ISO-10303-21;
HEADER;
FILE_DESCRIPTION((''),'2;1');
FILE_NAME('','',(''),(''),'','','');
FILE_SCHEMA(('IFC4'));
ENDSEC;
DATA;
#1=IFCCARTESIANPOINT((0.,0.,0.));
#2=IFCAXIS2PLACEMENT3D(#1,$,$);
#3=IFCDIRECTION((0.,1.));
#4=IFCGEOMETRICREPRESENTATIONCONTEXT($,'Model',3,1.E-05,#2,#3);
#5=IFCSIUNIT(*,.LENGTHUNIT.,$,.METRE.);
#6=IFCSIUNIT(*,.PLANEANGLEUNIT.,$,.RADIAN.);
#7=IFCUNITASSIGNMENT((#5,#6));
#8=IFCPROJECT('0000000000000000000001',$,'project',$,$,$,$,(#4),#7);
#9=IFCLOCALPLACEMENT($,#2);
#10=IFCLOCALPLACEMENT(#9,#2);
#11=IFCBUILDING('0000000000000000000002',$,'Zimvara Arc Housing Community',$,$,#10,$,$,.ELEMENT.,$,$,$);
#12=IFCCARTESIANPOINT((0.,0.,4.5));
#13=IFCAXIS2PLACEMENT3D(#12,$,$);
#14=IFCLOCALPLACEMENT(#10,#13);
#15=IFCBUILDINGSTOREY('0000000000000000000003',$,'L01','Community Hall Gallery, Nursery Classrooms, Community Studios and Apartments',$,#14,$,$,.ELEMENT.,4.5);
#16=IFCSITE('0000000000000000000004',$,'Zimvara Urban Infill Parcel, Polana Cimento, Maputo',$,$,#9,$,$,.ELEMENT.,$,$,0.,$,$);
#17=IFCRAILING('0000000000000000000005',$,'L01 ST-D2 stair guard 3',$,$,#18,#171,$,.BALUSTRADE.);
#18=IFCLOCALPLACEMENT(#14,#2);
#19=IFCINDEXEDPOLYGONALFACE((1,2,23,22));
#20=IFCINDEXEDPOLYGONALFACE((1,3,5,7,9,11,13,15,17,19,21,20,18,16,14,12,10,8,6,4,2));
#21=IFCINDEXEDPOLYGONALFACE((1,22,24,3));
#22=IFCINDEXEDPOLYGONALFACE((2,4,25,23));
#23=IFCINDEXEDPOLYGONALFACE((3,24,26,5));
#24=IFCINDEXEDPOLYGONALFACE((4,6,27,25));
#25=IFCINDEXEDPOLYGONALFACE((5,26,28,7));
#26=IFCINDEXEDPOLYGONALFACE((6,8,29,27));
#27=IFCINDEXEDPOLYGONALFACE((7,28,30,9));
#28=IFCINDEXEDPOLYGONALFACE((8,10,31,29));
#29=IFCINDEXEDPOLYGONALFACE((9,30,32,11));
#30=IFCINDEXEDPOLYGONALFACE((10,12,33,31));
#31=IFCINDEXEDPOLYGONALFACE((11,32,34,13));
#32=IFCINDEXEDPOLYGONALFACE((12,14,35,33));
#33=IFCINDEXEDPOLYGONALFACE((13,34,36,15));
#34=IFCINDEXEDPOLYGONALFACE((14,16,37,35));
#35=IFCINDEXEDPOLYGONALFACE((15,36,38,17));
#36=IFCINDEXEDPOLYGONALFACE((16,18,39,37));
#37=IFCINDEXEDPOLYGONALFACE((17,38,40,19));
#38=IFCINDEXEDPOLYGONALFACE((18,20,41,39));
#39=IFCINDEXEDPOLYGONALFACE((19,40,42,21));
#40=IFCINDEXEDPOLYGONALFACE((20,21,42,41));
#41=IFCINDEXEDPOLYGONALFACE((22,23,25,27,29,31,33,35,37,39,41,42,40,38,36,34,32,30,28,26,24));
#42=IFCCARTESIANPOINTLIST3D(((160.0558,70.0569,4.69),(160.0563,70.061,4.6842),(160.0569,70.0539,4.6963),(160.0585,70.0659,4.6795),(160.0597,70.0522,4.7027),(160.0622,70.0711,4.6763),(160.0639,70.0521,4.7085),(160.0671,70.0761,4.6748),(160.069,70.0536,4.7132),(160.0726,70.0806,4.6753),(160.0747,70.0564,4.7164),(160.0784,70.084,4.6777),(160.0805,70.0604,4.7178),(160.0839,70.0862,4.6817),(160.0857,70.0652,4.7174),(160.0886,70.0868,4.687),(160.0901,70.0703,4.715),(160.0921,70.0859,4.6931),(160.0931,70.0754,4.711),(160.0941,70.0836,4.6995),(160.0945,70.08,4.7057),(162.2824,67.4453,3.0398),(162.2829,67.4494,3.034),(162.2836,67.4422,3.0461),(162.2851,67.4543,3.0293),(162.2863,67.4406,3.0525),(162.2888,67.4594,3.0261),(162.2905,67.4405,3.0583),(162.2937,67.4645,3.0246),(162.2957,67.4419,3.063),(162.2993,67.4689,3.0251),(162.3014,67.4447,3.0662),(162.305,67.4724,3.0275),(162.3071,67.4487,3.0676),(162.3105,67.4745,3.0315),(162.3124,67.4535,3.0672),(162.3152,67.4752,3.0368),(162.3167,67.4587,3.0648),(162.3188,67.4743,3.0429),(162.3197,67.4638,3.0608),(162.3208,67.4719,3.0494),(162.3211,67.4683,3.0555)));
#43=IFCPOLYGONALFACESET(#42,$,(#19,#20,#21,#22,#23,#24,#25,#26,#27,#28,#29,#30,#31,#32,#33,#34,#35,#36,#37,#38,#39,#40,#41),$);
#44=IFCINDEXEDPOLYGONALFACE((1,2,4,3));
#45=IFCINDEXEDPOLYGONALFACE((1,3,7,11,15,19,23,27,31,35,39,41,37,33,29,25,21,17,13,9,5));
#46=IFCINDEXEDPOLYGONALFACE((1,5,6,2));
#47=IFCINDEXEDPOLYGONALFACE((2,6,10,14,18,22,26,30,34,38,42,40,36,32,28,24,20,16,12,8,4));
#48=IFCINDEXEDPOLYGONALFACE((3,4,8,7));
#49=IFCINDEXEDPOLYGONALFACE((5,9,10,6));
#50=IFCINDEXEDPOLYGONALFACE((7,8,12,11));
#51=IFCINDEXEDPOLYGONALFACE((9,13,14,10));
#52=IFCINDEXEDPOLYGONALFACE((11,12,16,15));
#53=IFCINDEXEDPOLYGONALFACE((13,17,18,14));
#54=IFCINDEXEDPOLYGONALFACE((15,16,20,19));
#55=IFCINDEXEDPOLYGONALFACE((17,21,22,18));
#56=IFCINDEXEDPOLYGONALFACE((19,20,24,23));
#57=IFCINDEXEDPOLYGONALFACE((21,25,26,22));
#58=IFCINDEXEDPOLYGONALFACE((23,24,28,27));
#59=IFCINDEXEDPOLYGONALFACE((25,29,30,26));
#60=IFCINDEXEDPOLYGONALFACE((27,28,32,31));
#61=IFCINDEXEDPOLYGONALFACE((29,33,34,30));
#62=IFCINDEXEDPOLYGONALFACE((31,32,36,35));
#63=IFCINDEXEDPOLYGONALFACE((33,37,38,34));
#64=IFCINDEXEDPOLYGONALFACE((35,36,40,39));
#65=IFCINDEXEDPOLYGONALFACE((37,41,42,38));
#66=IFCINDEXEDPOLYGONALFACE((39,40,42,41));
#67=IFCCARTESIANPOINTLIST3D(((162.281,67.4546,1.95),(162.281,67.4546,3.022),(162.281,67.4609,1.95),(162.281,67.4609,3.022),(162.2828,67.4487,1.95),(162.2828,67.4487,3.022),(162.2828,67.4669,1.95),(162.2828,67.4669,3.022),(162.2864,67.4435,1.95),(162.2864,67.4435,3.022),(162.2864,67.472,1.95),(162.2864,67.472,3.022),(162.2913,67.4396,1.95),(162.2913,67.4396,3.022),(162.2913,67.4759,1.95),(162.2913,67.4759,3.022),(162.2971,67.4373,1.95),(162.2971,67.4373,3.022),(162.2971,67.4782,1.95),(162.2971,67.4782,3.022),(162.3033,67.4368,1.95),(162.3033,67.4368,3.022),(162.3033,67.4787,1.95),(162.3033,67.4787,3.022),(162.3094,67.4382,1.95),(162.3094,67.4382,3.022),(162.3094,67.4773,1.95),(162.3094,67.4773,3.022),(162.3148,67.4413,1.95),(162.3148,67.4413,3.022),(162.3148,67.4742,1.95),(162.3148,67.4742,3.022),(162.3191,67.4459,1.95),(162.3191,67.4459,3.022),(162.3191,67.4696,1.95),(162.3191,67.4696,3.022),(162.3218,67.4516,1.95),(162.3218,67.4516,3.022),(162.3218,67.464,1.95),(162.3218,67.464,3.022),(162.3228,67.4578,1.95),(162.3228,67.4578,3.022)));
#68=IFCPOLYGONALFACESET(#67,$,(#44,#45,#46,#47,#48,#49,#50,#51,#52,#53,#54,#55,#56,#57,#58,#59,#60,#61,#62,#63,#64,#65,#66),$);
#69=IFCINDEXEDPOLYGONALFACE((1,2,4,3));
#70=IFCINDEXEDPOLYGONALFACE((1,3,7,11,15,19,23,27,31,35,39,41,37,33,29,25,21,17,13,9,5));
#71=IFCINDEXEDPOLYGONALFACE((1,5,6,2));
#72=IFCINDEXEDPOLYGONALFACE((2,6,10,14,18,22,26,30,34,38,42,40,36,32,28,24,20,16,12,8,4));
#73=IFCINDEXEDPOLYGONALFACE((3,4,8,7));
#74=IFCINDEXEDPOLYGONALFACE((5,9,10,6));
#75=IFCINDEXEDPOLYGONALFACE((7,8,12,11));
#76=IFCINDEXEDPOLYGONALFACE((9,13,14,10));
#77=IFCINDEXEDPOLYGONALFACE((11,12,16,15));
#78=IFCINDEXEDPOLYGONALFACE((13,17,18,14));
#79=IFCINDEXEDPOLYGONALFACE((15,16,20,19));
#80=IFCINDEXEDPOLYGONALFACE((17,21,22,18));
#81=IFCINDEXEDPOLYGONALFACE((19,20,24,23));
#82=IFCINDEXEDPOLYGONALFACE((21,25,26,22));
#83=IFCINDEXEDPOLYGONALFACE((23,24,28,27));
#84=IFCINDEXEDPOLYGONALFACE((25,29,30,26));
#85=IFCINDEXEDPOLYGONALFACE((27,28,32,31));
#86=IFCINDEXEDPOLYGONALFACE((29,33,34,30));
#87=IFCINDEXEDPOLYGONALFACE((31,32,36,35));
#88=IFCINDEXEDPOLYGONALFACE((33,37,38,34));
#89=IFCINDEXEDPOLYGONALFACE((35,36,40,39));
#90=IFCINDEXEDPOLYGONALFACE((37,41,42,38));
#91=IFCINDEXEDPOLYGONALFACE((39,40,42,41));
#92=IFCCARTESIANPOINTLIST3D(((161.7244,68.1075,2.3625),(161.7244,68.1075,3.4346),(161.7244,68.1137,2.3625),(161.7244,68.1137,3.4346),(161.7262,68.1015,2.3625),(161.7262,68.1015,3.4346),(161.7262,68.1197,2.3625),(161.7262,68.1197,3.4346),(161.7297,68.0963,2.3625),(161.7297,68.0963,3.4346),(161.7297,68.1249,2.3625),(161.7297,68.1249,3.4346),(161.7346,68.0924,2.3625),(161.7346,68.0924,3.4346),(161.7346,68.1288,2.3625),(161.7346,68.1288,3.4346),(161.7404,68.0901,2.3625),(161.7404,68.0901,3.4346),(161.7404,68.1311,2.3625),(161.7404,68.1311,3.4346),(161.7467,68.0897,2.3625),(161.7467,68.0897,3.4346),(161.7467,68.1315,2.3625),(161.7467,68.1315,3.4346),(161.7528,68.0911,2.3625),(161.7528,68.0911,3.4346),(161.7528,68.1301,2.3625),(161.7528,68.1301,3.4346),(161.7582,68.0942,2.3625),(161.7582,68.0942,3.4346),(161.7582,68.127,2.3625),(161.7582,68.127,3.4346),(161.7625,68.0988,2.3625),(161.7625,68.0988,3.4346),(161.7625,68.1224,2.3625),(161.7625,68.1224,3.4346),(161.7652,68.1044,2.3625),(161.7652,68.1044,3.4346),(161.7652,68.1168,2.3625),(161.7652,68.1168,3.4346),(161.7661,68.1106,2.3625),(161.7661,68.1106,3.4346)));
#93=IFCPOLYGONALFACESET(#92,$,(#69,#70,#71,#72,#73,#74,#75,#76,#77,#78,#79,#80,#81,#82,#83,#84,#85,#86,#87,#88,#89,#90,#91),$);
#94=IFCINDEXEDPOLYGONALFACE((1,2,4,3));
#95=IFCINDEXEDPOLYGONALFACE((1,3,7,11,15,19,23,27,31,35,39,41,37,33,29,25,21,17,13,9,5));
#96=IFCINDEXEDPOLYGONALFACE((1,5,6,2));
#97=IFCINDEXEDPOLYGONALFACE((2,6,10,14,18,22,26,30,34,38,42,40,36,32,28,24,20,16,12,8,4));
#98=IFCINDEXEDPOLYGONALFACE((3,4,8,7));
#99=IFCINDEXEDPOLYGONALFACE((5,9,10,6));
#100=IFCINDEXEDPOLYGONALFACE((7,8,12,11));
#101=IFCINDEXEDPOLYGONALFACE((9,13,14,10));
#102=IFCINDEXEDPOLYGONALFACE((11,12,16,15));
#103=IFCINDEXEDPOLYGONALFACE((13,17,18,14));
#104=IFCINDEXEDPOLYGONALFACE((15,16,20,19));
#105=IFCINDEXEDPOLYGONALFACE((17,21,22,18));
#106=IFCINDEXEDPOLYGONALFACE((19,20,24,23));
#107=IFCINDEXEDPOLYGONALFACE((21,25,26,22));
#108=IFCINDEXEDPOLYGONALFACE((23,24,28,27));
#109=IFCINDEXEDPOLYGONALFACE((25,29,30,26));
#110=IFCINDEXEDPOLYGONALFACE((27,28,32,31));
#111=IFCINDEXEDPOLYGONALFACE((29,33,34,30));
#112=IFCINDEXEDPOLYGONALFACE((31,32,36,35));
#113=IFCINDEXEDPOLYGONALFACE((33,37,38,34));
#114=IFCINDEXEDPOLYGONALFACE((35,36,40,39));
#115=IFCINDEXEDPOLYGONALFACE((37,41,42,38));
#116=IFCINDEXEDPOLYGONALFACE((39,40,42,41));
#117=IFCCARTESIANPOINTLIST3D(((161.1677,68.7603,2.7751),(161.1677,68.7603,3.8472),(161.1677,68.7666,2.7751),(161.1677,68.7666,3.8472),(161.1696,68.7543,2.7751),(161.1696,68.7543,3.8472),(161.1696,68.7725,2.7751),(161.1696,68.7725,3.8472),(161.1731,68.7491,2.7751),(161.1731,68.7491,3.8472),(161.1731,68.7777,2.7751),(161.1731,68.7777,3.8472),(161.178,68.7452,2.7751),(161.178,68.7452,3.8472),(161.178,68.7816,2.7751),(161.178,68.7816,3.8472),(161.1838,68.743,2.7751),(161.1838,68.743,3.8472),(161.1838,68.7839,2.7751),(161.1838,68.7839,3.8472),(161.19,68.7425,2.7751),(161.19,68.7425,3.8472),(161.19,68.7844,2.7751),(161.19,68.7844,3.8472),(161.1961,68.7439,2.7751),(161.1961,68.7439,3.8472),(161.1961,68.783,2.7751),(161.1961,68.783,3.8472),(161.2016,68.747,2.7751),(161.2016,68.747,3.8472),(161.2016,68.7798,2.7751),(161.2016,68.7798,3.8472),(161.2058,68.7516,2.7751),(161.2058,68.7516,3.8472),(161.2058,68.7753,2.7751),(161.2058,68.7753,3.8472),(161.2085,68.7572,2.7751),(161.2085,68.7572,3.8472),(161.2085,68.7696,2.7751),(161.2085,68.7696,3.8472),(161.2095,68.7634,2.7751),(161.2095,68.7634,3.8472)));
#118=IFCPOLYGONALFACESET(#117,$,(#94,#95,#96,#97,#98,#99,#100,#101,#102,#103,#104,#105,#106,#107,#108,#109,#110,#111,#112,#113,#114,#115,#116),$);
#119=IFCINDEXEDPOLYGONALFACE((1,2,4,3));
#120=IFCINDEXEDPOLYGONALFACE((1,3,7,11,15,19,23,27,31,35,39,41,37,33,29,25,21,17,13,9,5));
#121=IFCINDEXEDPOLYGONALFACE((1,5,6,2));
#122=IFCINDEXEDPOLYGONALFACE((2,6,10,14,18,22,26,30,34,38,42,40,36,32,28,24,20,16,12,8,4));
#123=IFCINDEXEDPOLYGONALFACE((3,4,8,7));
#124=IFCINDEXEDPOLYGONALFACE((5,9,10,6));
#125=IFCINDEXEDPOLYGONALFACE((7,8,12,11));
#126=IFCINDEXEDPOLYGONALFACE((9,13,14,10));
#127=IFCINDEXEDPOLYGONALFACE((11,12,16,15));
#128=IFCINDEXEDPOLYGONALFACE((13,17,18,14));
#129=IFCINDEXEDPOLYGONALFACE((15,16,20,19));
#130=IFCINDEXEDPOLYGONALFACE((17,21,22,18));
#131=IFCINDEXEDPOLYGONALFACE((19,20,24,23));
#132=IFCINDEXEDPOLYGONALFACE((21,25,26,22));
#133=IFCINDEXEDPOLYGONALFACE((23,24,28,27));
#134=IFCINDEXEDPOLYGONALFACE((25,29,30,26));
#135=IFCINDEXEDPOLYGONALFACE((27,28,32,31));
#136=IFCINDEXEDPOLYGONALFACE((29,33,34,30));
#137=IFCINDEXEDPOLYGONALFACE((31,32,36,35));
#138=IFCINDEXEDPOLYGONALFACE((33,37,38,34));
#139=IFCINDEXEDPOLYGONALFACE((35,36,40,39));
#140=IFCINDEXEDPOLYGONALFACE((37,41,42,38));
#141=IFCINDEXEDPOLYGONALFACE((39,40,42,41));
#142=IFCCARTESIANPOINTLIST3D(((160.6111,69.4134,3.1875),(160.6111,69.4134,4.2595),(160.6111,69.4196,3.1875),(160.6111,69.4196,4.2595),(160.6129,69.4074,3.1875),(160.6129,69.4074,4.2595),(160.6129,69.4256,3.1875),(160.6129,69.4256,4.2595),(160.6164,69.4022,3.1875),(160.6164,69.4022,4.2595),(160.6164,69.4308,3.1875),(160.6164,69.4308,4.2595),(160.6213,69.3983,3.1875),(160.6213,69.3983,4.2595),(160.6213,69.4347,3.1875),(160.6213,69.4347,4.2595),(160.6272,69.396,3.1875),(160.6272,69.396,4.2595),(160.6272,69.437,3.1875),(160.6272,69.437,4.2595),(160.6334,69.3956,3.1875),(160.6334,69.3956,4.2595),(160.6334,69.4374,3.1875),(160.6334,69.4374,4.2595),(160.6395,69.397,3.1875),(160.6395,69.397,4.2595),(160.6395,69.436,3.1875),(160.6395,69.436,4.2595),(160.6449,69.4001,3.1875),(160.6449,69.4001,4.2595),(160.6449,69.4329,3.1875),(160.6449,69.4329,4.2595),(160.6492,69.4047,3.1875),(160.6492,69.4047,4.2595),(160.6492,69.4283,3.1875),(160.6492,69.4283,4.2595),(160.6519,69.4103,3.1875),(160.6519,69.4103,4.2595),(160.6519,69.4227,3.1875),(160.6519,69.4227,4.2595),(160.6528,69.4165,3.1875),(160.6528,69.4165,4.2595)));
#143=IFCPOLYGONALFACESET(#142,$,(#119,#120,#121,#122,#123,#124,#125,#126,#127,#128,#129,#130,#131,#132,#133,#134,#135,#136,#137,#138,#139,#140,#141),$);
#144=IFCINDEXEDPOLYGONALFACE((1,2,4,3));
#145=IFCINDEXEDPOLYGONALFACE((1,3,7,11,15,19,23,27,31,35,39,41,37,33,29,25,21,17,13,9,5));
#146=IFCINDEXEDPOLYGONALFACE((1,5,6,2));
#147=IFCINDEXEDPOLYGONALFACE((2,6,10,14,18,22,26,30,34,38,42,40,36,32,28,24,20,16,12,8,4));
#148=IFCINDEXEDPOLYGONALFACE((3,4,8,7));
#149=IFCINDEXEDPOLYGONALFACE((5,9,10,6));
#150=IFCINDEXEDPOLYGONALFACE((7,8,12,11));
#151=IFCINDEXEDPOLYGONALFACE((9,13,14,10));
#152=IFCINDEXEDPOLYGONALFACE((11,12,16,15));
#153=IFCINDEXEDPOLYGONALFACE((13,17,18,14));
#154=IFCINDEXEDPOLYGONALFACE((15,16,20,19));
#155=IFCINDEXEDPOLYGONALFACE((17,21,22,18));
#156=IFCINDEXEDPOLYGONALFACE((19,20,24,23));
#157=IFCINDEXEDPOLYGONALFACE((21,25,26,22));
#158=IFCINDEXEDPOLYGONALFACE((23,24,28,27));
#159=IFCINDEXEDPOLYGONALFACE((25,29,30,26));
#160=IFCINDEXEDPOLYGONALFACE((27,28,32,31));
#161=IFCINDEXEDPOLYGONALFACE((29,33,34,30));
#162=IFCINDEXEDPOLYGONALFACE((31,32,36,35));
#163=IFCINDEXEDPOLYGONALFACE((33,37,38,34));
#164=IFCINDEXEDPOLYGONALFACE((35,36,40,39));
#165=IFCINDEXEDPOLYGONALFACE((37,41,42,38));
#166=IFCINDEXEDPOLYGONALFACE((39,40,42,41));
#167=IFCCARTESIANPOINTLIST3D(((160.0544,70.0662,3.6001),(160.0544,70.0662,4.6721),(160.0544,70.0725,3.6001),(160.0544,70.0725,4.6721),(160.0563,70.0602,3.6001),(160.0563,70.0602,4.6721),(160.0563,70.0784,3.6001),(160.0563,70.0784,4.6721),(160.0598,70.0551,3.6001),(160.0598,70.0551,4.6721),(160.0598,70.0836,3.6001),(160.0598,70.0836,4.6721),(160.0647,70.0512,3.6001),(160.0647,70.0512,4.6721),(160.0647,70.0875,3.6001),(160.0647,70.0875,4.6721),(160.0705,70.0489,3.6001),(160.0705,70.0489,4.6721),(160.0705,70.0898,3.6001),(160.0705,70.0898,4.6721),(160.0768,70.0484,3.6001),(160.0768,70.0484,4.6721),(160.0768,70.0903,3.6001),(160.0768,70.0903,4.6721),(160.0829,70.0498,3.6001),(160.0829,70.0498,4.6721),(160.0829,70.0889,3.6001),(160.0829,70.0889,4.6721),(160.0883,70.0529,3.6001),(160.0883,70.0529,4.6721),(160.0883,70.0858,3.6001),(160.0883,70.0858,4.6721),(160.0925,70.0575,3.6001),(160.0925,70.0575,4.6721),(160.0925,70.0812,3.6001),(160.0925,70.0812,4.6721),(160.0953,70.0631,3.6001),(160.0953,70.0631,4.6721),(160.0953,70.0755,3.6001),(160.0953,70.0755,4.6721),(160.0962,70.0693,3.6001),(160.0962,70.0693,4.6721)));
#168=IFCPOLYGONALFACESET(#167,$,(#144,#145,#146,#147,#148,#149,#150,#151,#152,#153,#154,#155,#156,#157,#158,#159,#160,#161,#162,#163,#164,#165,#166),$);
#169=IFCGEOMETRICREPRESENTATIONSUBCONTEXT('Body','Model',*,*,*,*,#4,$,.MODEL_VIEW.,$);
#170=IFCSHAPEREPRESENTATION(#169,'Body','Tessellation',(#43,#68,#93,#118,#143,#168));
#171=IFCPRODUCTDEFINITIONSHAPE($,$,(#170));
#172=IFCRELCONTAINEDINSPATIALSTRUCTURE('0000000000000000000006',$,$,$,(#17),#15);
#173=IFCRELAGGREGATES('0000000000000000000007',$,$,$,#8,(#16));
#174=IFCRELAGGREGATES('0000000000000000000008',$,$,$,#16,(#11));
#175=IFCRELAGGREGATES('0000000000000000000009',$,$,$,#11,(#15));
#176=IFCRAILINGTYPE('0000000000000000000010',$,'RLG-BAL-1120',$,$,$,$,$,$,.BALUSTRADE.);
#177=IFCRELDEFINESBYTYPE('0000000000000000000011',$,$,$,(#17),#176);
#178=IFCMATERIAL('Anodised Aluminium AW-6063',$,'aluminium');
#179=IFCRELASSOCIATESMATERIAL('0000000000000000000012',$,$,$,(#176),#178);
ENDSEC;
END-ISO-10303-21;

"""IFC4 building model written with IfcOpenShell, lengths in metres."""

from ifc_helpers import new_model, si_unit, direction, frame, origin, origin_2d, place, context, subcontext, project, spatial, circle, extrude, material, type_object, element, save


model = new_model("IFC4")

# Units and contexts
model_context = context("Model", 3, precision=1e-05, world=origin(), true_north=direction((0.0, 1.0)))
body_context = subcontext(model_context, "Body", "Model", "MODEL_VIEW")
ifc_project = project(units=[si_unit("LENGTHUNIT", "METRE"), si_unit("PLANEANGLEUNIT", "RADIAN")], contexts=[model_context])

# Site, building, storey
site_placement = place(None, origin())
site = spatial("IfcSite", under=ifc_project, at=site_placement, Name="Zimvara Urban Infill Parcel, Polana Cimento, Maputo", CompositionType="ELEMENT", RefElevation=0.0)
building_placement = place(site_placement, origin())
building = spatial("IfcBuilding", under=site, at=building_placement, Name="Zimvara Arc Housing Community", CompositionType="ELEMENT")
storey_placement = place(building_placement, frame((0.0, 0.0, 4.5)))
storey = spatial("IfcBuildingStorey", under=building, at=storey_placement, Name="L01", Description="Community Hall Gallery, Nursery Classrooms, Community Studios and Apartments", CompositionType="ELEMENT", Elevation=4.5)

# Railing
ifc_material_1 = material(Name="Anodised Aluminium AW-6063", Category="aluminium")
railing_type = type_object("IfcRailingType", Name="RLG-BAL-1120", PredefinedType="BALUSTRADE", material=ifc_material_1)
railing_1_placement = place(storey_placement, frame((162.3018, 67.4578, 1.95)))
element("IfcRailing", 1, at=railing_1_placement, inside=storey, type_object=railing_type, Name="L01 ST-D2 stair guard 3", PredefinedType="BALUSTRADE", context=body_context, shape_type="SweptSolid", body=[
    extrude(circle(Radius=0.0239, at=origin_2d()), frame((0.0, 0.0, 1.0962), z_axis=(-0.584706, 0.685812, 0.433337), x_axis=(-0.760971, -0.648786, 0.0)), (0.0, 0.0, 1.0), 3.8081),
    extrude(circle(Radius=0.021, at=origin_2d()), origin(), (0.0, 0.0, 1.0), 1.072),
    extrude(circle(Radius=0.021, at=origin_2d()), frame((-0.5566, 0.6528, 0.4126)), (0.0, 0.0, 1.0), 1.072),
    extrude(circle(Radius=0.021, at=origin_2d()), frame((-1.1133, 1.3057, 0.8252)), (0.0, 0.0, 1.0), 1.072),
    extrude(circle(Radius=0.021, at=origin_2d()), frame((-1.6699, 1.9587, 1.2375)), (0.0, 0.0, 1.0), 1.072),
    extrude(circle(Radius=0.021, at=origin_2d()), frame((-2.2266, 2.6116, 1.6501)), (0.0, 0.0, 1.0), 1.072),
])

save(model, "model.ifc")
